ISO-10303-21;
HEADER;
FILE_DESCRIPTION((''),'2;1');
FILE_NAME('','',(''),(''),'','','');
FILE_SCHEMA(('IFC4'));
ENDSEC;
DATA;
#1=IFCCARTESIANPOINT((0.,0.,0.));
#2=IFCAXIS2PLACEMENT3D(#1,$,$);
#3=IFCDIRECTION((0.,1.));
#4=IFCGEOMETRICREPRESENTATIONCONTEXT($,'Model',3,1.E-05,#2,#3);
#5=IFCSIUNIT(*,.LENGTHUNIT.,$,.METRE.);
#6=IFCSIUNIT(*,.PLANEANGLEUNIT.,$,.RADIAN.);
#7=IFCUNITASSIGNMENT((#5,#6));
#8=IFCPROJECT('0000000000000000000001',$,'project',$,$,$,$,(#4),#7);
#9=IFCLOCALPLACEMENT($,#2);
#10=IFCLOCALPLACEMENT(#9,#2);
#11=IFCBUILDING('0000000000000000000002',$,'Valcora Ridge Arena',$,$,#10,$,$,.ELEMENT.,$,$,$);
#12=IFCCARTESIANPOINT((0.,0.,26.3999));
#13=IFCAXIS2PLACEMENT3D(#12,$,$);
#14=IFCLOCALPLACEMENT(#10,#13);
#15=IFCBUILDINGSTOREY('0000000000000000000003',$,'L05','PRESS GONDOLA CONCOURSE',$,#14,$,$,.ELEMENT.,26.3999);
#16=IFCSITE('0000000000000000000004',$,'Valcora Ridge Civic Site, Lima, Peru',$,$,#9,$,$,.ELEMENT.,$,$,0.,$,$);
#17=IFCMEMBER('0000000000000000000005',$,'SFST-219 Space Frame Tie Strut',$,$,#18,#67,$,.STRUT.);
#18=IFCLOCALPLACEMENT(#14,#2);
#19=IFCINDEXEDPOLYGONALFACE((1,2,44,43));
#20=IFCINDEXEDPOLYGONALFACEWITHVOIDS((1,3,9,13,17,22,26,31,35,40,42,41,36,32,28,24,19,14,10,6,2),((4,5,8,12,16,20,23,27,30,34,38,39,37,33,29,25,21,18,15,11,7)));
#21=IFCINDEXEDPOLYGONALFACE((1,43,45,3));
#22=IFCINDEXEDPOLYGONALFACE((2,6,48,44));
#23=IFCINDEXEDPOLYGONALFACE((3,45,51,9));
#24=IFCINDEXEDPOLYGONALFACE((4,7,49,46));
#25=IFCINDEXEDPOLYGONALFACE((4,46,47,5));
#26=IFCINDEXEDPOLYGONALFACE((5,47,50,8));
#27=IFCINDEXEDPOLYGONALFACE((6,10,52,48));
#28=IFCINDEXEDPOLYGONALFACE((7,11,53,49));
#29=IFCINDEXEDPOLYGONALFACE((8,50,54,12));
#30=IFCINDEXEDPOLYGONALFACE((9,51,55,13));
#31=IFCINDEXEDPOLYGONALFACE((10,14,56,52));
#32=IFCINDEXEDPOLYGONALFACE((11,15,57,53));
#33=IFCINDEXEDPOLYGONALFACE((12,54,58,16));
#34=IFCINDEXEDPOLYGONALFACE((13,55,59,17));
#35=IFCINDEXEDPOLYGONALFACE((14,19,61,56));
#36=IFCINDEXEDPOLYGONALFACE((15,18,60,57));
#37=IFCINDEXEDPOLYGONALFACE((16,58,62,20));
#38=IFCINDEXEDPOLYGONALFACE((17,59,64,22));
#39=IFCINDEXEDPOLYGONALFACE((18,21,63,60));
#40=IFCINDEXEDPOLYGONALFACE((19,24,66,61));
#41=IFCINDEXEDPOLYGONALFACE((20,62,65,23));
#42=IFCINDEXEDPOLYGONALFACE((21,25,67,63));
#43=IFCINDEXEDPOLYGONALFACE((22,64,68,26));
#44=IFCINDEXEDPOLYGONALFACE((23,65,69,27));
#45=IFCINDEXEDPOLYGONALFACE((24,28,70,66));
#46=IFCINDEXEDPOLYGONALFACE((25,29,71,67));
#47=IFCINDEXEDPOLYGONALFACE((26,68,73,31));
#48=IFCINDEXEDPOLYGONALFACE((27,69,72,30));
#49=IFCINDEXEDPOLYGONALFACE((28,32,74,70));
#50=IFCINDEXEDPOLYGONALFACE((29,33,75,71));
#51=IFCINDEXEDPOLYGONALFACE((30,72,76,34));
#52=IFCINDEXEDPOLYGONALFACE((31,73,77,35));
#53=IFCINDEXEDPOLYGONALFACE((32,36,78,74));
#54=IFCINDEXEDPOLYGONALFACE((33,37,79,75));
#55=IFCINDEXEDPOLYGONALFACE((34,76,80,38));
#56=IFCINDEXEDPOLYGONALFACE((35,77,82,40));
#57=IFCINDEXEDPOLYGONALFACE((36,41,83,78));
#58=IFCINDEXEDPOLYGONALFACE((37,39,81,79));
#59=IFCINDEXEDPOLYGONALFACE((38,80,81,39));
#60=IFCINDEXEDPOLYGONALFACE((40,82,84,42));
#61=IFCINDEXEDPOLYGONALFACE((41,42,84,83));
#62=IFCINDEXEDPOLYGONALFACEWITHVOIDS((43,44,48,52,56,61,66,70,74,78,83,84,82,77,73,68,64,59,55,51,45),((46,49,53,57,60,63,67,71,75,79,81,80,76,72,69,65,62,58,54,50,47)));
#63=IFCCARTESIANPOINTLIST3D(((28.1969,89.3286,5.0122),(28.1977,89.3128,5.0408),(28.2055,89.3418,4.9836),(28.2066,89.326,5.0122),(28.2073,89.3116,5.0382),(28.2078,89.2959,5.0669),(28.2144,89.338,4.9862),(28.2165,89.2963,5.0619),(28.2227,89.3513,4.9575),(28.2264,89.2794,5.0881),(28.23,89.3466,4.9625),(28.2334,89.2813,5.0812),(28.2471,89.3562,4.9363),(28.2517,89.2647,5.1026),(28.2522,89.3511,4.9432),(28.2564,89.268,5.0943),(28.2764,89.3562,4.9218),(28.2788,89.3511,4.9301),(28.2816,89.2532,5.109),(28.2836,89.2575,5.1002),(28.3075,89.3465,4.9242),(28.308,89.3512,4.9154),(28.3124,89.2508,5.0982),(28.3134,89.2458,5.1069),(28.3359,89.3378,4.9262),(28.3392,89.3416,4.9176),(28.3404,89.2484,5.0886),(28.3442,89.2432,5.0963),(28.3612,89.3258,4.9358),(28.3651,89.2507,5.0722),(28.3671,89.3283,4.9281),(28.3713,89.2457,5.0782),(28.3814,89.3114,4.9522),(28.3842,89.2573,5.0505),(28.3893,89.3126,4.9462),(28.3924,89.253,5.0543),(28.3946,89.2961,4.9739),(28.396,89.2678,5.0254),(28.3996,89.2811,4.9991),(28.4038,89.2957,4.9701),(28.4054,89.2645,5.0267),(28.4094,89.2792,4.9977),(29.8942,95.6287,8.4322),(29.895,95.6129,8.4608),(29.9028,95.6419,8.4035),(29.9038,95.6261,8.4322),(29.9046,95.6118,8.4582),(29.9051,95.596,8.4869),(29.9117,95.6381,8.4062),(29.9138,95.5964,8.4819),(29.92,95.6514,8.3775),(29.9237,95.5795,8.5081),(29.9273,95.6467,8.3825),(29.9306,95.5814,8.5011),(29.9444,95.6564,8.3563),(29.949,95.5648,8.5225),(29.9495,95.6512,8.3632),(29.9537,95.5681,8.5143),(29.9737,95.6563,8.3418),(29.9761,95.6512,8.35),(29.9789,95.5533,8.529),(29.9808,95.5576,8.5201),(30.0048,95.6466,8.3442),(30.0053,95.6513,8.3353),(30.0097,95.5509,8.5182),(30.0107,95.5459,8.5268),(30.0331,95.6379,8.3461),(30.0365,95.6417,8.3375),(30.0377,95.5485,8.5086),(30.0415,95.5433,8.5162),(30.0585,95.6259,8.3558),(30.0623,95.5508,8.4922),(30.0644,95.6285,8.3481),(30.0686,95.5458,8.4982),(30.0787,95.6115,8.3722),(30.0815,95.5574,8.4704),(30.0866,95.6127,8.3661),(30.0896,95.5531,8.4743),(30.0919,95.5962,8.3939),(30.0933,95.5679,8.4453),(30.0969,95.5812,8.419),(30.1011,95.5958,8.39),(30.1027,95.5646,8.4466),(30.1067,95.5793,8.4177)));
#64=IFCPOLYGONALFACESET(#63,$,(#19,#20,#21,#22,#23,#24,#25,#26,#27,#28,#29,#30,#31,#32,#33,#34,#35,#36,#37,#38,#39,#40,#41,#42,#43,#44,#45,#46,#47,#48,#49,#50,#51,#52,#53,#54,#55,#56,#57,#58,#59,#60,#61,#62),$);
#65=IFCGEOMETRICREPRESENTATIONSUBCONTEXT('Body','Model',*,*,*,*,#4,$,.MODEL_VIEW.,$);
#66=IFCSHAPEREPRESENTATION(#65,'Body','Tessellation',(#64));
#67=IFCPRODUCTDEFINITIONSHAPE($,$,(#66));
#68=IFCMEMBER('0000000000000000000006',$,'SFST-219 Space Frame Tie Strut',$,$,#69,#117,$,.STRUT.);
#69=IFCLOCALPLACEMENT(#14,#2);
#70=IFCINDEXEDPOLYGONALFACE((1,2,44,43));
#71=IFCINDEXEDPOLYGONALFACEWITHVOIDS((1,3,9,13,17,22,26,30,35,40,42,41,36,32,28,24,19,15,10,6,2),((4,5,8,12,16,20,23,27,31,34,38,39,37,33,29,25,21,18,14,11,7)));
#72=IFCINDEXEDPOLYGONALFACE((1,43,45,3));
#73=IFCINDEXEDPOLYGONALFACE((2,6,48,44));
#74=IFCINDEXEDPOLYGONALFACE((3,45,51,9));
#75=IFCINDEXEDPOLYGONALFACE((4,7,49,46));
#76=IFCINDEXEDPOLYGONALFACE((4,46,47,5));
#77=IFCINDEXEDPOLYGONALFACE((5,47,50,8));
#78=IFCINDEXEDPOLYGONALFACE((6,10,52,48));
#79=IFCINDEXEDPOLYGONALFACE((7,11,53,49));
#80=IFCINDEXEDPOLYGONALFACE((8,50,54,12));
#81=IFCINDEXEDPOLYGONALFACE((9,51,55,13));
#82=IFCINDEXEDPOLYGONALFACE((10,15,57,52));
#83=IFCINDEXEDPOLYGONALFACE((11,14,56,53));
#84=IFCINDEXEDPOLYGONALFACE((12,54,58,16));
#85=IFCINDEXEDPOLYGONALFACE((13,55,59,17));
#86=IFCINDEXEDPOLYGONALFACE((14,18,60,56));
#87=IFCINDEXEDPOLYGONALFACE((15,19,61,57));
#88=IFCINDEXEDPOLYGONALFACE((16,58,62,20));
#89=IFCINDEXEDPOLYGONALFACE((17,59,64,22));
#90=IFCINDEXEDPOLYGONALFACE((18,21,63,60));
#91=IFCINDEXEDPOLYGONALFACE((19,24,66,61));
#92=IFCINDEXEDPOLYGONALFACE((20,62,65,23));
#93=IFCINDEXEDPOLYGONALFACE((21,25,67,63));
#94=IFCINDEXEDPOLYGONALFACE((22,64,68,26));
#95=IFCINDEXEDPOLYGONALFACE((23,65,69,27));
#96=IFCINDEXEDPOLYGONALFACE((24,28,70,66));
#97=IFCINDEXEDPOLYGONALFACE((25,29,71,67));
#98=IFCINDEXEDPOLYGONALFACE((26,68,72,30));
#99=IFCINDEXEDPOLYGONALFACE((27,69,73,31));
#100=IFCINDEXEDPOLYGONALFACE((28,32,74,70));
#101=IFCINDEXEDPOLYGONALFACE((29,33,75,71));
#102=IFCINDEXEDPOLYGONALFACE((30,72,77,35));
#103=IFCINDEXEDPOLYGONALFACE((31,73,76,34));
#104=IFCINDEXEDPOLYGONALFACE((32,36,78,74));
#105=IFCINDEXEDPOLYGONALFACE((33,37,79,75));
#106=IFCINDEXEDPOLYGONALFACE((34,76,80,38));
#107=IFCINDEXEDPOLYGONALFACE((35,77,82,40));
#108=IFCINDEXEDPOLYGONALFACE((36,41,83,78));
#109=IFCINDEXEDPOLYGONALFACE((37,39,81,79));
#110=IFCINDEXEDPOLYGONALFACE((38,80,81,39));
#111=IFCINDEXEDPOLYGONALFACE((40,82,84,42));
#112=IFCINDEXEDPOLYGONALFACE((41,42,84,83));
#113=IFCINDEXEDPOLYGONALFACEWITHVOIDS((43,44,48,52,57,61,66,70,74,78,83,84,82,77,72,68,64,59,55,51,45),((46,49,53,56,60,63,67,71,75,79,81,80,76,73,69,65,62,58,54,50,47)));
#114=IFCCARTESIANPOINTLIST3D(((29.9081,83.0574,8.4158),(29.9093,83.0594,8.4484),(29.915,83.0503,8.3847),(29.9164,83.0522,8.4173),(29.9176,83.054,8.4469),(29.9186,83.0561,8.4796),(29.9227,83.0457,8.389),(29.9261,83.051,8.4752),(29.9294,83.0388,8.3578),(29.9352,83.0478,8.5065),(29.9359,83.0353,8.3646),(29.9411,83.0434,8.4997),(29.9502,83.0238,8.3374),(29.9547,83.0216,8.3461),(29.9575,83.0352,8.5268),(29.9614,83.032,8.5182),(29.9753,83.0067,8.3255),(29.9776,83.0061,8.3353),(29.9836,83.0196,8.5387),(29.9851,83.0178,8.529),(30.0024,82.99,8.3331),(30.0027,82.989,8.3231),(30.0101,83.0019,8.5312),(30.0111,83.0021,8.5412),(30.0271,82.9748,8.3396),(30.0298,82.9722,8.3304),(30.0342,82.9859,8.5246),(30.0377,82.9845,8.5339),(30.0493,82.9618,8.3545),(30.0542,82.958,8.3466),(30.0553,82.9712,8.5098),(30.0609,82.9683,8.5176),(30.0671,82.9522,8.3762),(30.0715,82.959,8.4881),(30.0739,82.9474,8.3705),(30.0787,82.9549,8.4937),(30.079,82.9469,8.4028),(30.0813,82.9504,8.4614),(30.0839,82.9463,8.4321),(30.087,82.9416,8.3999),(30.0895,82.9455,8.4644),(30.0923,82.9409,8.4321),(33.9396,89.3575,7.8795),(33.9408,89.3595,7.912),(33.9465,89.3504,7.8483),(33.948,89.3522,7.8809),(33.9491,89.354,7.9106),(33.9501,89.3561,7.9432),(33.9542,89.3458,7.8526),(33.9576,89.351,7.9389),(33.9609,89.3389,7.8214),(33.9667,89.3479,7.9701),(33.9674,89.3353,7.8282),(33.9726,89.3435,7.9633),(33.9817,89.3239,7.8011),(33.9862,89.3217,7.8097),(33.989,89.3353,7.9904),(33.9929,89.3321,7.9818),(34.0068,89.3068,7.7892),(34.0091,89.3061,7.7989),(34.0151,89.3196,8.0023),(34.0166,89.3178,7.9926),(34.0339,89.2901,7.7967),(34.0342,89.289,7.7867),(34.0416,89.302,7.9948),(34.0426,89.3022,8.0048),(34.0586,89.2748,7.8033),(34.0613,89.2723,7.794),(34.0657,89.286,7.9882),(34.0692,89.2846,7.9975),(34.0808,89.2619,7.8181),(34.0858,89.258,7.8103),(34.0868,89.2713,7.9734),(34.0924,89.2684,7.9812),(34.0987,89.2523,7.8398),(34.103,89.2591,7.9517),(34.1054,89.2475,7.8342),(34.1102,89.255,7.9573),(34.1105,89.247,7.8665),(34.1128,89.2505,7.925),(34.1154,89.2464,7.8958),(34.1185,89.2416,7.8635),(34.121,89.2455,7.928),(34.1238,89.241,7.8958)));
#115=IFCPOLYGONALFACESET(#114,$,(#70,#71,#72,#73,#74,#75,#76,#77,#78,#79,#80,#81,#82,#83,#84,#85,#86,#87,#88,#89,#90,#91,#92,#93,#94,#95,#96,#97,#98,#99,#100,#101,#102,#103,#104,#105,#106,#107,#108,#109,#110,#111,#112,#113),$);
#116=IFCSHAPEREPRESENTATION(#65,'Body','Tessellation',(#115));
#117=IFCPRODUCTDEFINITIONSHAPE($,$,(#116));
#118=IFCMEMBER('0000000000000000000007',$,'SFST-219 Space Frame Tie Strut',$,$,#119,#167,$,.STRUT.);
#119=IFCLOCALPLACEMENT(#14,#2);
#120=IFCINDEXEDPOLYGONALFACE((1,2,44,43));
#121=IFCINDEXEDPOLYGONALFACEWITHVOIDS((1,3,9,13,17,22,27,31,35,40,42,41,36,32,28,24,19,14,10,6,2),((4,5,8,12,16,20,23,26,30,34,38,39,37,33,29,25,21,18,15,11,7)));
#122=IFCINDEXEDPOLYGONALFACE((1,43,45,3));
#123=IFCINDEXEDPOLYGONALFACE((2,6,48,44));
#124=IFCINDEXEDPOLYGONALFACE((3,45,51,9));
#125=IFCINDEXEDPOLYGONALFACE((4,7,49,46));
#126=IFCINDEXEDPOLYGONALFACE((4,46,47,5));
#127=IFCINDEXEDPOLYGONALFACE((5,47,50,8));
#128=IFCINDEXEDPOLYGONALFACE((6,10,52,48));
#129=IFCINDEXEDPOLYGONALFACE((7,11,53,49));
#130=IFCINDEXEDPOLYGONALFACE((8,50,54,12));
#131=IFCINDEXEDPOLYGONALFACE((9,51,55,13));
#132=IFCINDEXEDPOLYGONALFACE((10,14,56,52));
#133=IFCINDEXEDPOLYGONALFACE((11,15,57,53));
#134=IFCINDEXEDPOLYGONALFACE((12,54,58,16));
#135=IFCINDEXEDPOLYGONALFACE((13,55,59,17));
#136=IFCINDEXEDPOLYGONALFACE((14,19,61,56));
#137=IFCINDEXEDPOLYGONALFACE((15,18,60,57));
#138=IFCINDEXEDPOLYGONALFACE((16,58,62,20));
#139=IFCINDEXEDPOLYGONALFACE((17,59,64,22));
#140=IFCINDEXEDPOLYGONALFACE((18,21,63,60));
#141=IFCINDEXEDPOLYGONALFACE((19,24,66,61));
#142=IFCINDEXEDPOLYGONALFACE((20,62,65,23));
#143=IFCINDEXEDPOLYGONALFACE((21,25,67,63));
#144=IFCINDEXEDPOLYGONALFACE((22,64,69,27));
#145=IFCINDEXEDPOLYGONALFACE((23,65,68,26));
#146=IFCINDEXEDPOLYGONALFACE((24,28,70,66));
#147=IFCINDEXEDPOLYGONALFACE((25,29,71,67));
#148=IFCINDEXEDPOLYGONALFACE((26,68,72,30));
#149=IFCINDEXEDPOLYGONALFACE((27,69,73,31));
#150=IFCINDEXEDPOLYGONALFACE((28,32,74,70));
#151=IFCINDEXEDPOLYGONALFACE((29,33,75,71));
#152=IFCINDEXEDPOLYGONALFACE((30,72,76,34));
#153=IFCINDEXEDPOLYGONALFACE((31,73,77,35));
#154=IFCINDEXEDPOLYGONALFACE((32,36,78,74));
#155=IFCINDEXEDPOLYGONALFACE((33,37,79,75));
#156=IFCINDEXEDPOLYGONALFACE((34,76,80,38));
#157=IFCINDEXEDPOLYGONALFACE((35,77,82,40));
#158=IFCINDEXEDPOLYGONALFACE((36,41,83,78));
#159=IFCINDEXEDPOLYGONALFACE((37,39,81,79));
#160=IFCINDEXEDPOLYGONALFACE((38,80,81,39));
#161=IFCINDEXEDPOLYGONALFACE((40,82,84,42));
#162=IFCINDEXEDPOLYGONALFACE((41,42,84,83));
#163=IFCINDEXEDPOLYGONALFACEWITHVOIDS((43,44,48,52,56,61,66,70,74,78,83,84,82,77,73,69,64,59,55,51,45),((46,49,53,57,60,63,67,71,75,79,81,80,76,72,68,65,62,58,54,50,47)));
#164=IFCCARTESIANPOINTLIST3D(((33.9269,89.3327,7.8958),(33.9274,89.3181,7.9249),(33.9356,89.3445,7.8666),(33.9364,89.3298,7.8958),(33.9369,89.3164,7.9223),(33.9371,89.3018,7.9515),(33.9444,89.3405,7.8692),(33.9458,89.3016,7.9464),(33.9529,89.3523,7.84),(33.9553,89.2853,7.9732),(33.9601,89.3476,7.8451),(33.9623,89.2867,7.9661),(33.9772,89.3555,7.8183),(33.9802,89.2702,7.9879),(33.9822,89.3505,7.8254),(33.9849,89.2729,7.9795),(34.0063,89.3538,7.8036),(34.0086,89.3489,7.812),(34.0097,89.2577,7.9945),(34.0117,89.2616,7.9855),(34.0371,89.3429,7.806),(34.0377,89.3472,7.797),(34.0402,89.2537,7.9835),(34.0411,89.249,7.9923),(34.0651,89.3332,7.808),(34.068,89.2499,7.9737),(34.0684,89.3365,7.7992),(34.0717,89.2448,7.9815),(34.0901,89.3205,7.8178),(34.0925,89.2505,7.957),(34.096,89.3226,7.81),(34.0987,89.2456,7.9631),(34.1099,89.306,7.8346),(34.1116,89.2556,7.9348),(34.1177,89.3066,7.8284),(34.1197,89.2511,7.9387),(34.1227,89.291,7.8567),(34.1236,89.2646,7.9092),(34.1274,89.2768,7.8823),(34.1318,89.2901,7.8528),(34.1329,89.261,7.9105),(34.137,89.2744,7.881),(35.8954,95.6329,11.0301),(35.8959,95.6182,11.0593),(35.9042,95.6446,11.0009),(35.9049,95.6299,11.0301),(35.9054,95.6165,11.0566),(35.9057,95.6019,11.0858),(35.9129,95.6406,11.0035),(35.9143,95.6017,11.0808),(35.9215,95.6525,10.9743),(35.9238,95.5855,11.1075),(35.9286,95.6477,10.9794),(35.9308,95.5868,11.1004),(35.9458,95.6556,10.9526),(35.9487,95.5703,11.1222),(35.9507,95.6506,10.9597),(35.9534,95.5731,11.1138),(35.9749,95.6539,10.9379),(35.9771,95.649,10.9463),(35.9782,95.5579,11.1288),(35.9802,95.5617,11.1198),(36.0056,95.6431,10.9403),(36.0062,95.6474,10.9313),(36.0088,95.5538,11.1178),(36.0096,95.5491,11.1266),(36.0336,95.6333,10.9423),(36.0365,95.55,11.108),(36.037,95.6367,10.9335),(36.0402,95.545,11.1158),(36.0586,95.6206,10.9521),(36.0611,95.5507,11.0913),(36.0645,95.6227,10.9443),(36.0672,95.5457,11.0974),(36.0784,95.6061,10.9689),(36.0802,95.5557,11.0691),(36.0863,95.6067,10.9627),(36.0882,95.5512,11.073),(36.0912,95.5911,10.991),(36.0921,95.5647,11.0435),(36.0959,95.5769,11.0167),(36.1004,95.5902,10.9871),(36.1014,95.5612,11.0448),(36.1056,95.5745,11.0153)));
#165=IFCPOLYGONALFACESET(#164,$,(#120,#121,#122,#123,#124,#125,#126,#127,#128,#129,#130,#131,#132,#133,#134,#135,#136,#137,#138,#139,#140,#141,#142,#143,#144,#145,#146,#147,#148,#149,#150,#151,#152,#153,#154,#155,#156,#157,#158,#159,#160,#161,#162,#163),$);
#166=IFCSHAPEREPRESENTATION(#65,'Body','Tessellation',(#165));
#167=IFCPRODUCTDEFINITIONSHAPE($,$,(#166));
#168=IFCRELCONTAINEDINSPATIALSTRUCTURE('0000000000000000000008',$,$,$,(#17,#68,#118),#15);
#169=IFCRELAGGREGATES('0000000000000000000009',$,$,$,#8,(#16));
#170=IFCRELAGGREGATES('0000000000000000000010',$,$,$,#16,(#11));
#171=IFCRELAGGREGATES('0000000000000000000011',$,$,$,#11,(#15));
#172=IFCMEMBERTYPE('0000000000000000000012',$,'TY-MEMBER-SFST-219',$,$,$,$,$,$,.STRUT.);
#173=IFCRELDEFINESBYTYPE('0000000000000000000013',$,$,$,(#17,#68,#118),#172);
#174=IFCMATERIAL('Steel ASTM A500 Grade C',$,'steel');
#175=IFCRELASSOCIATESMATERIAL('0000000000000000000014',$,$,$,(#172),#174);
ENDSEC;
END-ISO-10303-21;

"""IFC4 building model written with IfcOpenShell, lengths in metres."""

from ifc_helpers import new_model, si_unit, direction, frame, origin, origin_2d, place, context, subcontext, project, spatial, hollow_circle, extrude, material, material_profile, profile_set, type_object, element, save


model = new_model("IFC4")

# Units and contexts
model_context = context("Model", 3, precision=1e-05, world=origin(), true_north=direction((0.0, 1.0)))
body_context = subcontext(model_context, "Body", "Model", "MODEL_VIEW")
ifc_project = project(units=[si_unit("LENGTHUNIT", "METRE"), si_unit("PLANEANGLEUNIT", "RADIAN")], contexts=[model_context])

# Site, building, storey
site_placement = place(None, origin())
site = spatial("IfcSite", under=ifc_project, at=site_placement, Name="Valcora Ridge Civic Site, Lima, Peru", CompositionType="ELEMENT", RefElevation=0.0)
building_placement = place(site_placement, origin())
building = spatial("IfcBuilding", under=site, at=building_placement, Name="Valcora Ridge Arena", CompositionType="ELEMENT")
storey_placement = place(building_placement, frame((0.0, 0.0, 26.3999)))
storey = spatial("IfcBuildingStorey", under=building, at=storey_placement, Name="L05", Description="PRESS GONDOLA CONCOURSE", CompositionType="ELEMENT", Elevation=26.3999)

# Members
ifc_material_1 = material(Name="Steel ASTM A500 Grade C", Category="steel")
ifc_material_profile_1 = material_profile(ifc_material_1, hollow_circle(Radius=0.1096, WallThickness=0.01, at=origin_2d()), Name="CHS219X10")
ifc_profile_set_1 = profile_set([ifc_material_profile_1], Name="Steel ASTM A500 Grade C")
member_type_1 = type_object("IfcMemberType", Name="TY-MEMBER-SFST-219", PredefinedType="STRUT", material=ifc_profile_set_1)
member_1_placement = place(storey_placement, frame((28.3027, 89.3, 5.0122), z_axis=(0.230399, 0.855215, 0.464245), x_axis=(-0.965573, 0.26013, 0.0)))
element("IfcMember", 1, at=member_1_placement, inside=storey, type_object=member_type_1, Name="SFST-219 Space Frame Tie Strut", PredefinedType="STRUT", context=body_context, shape_type="SweptSolid", body=[
    extrude(hollow_circle(Radius=0.1096, WallThickness=0.01, at=origin_2d()), origin(), (0.0, 0.0, 1.0), 7.3667),
])
member_2_placement = place(storey_placement, frame((34.0315, 89.3, 7.8958), z_axis=(-0.537622, -0.840146, 0.071529), x_axis=(0.842304, -0.539003, 0.0)))
element("IfcMember", 2, at=member_2_placement, inside=storey, type_object=member_type_1, Name="SFST-219 Space Frame Tie Strut", PredefinedType="STRUT", context=body_context, shape_type="SweptSolid", body=[
    extrude(hollow_circle(Radius=0.1096, WallThickness=0.01, at=origin_2d()), origin(), (0.0, 0.0, 1.0), 7.4988),
])
member_3_placement = place(storey_placement, frame((34.0315, 89.3, 7.8958), z_axis=(0.269407, 0.862217, 0.428953), x_axis=(-0.954491, 0.298239, 0.0)))
element("IfcMember", 3, at=member_3_placement, inside=storey, type_object=member_type_1, Name="SFST-219 Space Frame Tie Strut", PredefinedType="STRUT", context=body_context, shape_type="SweptSolid", body=[
    extrude(hollow_circle(Radius=0.1096, WallThickness=0.01, at=origin_2d()), origin(), (0.0, 0.0, 1.0), 7.3069),
])

save(model, "model.ifc")
